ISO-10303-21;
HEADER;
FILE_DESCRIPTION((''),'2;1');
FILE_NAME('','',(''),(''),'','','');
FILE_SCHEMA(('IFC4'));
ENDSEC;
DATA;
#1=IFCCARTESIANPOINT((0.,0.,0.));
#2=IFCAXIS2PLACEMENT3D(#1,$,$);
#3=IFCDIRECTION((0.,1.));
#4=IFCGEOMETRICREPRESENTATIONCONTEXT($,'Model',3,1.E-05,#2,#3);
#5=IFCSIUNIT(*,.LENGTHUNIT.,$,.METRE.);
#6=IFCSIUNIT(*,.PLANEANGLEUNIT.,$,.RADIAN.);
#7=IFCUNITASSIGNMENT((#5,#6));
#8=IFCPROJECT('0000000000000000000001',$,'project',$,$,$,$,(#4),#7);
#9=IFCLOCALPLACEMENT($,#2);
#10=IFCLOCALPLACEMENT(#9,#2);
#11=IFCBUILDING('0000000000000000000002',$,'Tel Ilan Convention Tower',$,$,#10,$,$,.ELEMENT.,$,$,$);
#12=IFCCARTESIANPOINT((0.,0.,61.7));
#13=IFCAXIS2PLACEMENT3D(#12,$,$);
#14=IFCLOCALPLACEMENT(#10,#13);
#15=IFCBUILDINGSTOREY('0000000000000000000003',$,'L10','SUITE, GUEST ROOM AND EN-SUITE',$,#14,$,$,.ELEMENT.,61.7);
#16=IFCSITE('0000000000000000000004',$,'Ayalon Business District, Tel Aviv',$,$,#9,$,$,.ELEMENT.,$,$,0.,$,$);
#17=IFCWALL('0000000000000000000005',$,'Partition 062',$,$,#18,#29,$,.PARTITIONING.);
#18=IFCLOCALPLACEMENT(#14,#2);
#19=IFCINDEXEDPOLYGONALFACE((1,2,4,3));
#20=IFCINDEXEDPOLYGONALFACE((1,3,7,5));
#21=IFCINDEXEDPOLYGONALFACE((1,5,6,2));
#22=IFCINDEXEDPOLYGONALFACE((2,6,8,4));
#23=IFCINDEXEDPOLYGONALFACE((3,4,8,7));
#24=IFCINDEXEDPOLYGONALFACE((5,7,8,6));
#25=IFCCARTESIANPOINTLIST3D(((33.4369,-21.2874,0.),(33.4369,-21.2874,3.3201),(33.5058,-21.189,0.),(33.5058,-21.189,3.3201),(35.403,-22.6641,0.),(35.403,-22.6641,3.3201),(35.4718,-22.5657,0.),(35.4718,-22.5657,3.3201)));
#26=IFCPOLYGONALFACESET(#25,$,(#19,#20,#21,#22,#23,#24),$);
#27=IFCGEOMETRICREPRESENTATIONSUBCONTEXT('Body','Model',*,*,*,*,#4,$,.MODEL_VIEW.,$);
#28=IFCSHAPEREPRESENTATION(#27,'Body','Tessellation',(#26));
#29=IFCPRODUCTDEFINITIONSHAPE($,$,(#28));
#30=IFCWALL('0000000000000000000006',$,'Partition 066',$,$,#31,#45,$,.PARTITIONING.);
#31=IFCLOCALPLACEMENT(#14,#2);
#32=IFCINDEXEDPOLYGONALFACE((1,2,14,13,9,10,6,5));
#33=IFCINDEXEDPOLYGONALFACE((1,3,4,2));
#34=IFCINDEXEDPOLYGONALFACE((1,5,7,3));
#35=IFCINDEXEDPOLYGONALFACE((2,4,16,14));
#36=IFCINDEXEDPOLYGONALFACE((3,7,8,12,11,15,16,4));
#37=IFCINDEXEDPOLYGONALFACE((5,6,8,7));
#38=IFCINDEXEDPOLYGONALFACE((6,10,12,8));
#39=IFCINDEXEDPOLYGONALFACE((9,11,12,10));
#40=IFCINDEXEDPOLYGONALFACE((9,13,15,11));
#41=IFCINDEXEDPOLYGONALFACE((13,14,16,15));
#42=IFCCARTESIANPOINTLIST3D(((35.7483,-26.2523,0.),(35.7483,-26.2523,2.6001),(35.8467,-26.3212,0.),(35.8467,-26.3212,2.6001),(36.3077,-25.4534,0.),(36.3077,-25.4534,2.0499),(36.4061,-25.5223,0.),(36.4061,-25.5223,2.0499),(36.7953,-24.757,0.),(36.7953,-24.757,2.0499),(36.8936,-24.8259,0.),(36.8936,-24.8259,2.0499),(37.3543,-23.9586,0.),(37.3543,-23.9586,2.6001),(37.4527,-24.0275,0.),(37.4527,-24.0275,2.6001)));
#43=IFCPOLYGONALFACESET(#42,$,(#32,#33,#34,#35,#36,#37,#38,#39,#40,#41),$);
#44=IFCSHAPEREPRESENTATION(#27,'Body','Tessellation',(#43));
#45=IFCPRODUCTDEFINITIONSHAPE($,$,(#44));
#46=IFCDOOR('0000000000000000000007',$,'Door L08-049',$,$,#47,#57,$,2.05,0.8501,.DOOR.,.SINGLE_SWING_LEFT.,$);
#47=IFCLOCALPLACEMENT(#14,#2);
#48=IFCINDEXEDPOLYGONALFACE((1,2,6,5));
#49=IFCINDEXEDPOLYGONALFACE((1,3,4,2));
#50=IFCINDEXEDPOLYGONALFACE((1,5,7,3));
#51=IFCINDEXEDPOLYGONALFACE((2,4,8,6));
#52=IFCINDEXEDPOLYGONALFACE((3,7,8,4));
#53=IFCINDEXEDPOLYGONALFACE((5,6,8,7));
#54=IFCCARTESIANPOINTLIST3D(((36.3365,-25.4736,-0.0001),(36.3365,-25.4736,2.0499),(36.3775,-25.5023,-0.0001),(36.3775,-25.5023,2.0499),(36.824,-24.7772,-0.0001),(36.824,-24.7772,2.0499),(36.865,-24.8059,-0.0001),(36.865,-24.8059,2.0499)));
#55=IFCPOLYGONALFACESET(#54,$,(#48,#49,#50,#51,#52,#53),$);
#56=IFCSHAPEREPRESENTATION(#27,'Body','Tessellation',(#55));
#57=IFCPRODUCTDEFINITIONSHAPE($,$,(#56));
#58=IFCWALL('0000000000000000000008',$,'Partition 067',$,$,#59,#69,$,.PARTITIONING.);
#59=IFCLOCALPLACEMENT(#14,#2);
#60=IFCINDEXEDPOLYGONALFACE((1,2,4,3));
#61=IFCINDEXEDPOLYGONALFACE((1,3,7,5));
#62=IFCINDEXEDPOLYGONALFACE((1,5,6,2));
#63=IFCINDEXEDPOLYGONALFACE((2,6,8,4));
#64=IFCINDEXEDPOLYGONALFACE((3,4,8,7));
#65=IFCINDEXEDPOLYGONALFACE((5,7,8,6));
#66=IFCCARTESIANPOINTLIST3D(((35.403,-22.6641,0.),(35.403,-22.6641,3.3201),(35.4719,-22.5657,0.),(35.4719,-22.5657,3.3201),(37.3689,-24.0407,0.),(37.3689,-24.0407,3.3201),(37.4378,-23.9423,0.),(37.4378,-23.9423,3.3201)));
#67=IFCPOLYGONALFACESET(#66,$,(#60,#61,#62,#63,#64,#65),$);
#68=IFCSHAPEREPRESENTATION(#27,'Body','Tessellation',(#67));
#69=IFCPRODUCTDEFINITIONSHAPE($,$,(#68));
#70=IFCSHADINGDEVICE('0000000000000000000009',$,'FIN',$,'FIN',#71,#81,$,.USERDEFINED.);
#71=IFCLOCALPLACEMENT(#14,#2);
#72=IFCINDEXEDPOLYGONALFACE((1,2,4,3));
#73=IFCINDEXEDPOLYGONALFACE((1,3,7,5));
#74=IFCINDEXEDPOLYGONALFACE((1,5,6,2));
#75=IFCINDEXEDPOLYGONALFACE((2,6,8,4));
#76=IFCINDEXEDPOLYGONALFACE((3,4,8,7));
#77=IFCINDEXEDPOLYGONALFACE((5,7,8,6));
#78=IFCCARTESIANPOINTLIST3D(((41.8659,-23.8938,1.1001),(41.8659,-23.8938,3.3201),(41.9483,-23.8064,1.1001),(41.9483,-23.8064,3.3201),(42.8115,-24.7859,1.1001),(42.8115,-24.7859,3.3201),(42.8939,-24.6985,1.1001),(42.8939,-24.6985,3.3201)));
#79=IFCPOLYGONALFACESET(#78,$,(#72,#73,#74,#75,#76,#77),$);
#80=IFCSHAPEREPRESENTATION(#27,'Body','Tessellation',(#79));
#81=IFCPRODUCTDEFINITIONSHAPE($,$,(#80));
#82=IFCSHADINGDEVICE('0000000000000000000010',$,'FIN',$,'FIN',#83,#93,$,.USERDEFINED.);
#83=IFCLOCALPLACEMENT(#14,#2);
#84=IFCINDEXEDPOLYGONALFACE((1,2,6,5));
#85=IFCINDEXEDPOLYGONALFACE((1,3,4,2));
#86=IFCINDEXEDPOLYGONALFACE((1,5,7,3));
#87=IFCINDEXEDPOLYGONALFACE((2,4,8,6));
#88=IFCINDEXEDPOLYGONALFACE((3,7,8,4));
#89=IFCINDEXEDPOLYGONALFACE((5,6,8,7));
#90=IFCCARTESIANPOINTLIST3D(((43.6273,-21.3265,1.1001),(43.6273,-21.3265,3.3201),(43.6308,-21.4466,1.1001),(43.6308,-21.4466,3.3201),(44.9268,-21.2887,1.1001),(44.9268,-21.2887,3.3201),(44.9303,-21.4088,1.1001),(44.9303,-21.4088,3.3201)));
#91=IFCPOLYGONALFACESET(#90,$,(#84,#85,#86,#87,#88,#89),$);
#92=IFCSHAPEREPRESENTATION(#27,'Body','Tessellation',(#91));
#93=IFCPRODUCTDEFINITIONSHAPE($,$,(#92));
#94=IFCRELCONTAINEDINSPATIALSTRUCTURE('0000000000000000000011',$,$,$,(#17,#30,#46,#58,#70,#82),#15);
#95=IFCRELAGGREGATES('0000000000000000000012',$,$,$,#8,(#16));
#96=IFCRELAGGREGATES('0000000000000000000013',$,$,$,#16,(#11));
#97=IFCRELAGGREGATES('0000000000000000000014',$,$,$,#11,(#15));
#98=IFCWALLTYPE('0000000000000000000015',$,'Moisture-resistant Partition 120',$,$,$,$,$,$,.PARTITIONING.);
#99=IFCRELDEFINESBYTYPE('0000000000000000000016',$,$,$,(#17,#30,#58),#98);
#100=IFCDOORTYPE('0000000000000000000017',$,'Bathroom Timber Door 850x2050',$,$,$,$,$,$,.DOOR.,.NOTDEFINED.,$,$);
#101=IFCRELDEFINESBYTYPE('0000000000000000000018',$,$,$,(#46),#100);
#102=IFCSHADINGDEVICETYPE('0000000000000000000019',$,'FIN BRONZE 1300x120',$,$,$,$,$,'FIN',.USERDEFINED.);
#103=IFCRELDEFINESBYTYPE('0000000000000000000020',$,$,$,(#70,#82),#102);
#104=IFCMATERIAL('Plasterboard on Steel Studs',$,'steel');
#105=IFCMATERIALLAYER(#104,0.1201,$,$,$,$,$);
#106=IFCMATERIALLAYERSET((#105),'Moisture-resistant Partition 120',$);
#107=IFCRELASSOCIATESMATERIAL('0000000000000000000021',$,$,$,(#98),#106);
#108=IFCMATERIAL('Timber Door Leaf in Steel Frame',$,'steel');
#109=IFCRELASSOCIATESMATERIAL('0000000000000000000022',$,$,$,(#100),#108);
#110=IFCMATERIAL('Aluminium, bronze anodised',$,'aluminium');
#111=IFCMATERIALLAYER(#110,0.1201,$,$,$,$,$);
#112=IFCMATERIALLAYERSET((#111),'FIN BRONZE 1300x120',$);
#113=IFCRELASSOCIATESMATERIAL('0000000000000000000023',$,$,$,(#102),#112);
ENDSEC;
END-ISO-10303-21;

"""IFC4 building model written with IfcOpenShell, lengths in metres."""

from ifc_helpers import new_model, si_unit, direction, frame, frame_2d, origin, origin_2d, place, context, subcontext, project, spatial, rectangle, extrude, material, layer, layer_set, type_object, element, fill, save


model = new_model("IFC4")

# Units and contexts
model_context = context("Model", 3, precision=1e-05, world=origin(), true_north=direction((0.0, 1.0)))
body_context = subcontext(model_context, "Body", "Model", "MODEL_VIEW")
ifc_project = project(units=[si_unit("LENGTHUNIT", "METRE"), si_unit("PLANEANGLEUNIT", "RADIAN")], contexts=[model_context])

# Site, building, storey
site_placement = place(None, origin())
site = spatial("IfcSite", under=ifc_project, at=site_placement, Name="Ayalon Business District, Tel Aviv", CompositionType="ELEMENT", RefElevation=0.0)
building_placement = place(site_placement, origin())
building = spatial("IfcBuilding", under=site, at=building_placement, Name="Tel Ilan Convention Tower", CompositionType="ELEMENT")
storey_placement = place(building_placement, frame((0.0, 0.0, 61.7)))
storey = spatial("IfcBuildingStorey", under=building, at=storey_placement, Name="L10", Description="SUITE, GUEST ROOM AND EN-SUITE", CompositionType="ELEMENT", Elevation=61.7)

# Wall
ifc_material_1 = material(Name="Plasterboard on Steel Studs", Category="steel")
ifc_layer_1 = layer(ifc_material_1, 0.1201)
ifc_layer_set_1 = layer_set([ifc_layer_1], Name="Moisture-resistant Partition 120")
wall_type_1 = type_object("IfcWallType", Name="Moisture-resistant Partition 120", PredefinedType="PARTITIONING", material=ifc_layer_set_1)
wall_1_placement = place(storey_placement, frame((35.4375, -22.615, 0.0), z_axis=(0.0, 0.0, 1.0), x_axis=(-0.819141, 0.573592, 0.0)))
element("IfcWall", 1, at=wall_1_placement, inside=storey, type_object=wall_type_1, Name="Partition 062", PredefinedType="PARTITIONING", context=body_context, shape_type="SweptSolid", body=[
    extrude(rectangle(XDim=2.4001, YDim=0.1201, at=frame_2d((1.2002, 0.0))), origin(), (0.0, 0.0, 1.0), 3.3201),
])

# Wall, opening, door
wall_2_placement = place(storey_placement, frame((35.7976, -26.2866, 0.0), z_axis=(0.0, 0.0, 1.0), x_axis=(0.57355, 0.81917, 0.0)))
wall_2 = element("IfcWall", 2, at=wall_2_placement, inside=storey, type_object=wall_type_1, Name="Partition 066", PredefinedType="PARTITIONING", context=body_context, shape_type="SweptSolid", body=[
    extrude(rectangle(XDim=2.8, YDim=0.1201, at=frame_2d((1.3999, 0.0))), origin(), (0.0, 0.0, 1.0), 2.6001),
])
opening_1_placement = place(wall_2_placement, frame((0.9751, 0.0, 0.0)))
opening_1 = element("IfcOpeningElement", 3, at=opening_1_placement, cuts=wall_2, PredefinedType="OPENING", context=body_context, shape_type="SweptSolid", body=[
    extrude(rectangle(XDim=0.8501, YDim=2.05, at=frame_2d((0.425, 1.0249))), frame((0.0, 0.0701, 0.0), z_axis=(0.0, -1.0, 0.0), x_axis=(1.0, 0.0, 0.0)), (0.0, 0.0, 1.0), 0.1401),
])
ifc_material_2 = material(Name="Timber Door Leaf in Steel Frame", Category="steel")
door_type_1 = type_object("IfcDoorType", Name="Bathroom Timber Door 850x2050", OperationType="NOTDEFINED", PredefinedType="DOOR", material=ifc_material_2)
door_1_placement = place(opening_1_placement, origin())
door_1 = element("IfcDoor", 4, at=door_1_placement, inside=storey, type_object=door_type_1, Name="Door L08-049", OperationType="SINGLE_SWING_LEFT", OverallHeight=2.05, OverallWidth=0.8501, PredefinedType="DOOR", context=body_context, shape_type="SweptSolid", body=[
    extrude(rectangle(XDim=0.8501, YDim=2.05, at=frame_2d((0.425, 1.0249))), frame((0.0, 0.0249, 0.0), z_axis=(0.0, -1.0, 0.0), x_axis=(1.0, 0.0, 0.0)), (0.0, 0.0, 1.0), 0.05),
])
fill(opening_1, door_1)

# Wall
wall_3_placement = place(storey_placement, frame((37.4033, -23.9915, 0.0), z_axis=(0.0, 0.0, 1.0), x_axis=(-0.819155, 0.573572, 0.0)))
element("IfcWall", 5, at=wall_3_placement, inside=storey, type_object=wall_type_1, Name="Partition 067", PredefinedType="PARTITIONING", context=body_context, shape_type="SweptSolid", body=[
    extrude(rectangle(XDim=2.3999, YDim=0.1201, at=frame_2d((1.2, 0.0))), origin(), (0.0, 0.0, 1.0), 3.3201),
])

# Shading devices
ifc_material_3 = material(Name="Aluminium, bronze anodised", Category="aluminium")
ifc_layer_2 = layer(ifc_material_3, 0.1201)
ifc_layer_set_2 = layer_set([ifc_layer_2], Name="FIN BRONZE 1300x120")
shading_device_type = type_object("IfcShadingDeviceType", Name="FIN BRONZE 1300x120", ElementType="FIN", PredefinedType="USERDEFINED", material=ifc_layer_set_2)
for number, where, z_axis, x_axis, name in (
    (6, (42.3799, -24.2961, 1.1001), (0.0, 0.0, 1.0), (0.727374, -0.686242, 0.0), "FIN"),
    (7, (44.2788, -21.3677, 1.1001), (0.0, 0.0, 1.0), (0.999577, 0.029085, 0.0), "FIN"),
):
    element("IfcShadingDevice", number, at=place(storey_placement, frame(where, z_axis=z_axis, x_axis=x_axis)), inside=storey, type_object=shading_device_type, Name=name, ObjectType="FIN", PredefinedType="USERDEFINED", context=body_context, shape_type="SweptSolid", body=[
        extrude(rectangle(XDim=1.3, YDim=0.1201, at=origin_2d()), origin(), (0.0, 0.0, 1.0), 2.22),
    ])

save(model, "model.ifc")
